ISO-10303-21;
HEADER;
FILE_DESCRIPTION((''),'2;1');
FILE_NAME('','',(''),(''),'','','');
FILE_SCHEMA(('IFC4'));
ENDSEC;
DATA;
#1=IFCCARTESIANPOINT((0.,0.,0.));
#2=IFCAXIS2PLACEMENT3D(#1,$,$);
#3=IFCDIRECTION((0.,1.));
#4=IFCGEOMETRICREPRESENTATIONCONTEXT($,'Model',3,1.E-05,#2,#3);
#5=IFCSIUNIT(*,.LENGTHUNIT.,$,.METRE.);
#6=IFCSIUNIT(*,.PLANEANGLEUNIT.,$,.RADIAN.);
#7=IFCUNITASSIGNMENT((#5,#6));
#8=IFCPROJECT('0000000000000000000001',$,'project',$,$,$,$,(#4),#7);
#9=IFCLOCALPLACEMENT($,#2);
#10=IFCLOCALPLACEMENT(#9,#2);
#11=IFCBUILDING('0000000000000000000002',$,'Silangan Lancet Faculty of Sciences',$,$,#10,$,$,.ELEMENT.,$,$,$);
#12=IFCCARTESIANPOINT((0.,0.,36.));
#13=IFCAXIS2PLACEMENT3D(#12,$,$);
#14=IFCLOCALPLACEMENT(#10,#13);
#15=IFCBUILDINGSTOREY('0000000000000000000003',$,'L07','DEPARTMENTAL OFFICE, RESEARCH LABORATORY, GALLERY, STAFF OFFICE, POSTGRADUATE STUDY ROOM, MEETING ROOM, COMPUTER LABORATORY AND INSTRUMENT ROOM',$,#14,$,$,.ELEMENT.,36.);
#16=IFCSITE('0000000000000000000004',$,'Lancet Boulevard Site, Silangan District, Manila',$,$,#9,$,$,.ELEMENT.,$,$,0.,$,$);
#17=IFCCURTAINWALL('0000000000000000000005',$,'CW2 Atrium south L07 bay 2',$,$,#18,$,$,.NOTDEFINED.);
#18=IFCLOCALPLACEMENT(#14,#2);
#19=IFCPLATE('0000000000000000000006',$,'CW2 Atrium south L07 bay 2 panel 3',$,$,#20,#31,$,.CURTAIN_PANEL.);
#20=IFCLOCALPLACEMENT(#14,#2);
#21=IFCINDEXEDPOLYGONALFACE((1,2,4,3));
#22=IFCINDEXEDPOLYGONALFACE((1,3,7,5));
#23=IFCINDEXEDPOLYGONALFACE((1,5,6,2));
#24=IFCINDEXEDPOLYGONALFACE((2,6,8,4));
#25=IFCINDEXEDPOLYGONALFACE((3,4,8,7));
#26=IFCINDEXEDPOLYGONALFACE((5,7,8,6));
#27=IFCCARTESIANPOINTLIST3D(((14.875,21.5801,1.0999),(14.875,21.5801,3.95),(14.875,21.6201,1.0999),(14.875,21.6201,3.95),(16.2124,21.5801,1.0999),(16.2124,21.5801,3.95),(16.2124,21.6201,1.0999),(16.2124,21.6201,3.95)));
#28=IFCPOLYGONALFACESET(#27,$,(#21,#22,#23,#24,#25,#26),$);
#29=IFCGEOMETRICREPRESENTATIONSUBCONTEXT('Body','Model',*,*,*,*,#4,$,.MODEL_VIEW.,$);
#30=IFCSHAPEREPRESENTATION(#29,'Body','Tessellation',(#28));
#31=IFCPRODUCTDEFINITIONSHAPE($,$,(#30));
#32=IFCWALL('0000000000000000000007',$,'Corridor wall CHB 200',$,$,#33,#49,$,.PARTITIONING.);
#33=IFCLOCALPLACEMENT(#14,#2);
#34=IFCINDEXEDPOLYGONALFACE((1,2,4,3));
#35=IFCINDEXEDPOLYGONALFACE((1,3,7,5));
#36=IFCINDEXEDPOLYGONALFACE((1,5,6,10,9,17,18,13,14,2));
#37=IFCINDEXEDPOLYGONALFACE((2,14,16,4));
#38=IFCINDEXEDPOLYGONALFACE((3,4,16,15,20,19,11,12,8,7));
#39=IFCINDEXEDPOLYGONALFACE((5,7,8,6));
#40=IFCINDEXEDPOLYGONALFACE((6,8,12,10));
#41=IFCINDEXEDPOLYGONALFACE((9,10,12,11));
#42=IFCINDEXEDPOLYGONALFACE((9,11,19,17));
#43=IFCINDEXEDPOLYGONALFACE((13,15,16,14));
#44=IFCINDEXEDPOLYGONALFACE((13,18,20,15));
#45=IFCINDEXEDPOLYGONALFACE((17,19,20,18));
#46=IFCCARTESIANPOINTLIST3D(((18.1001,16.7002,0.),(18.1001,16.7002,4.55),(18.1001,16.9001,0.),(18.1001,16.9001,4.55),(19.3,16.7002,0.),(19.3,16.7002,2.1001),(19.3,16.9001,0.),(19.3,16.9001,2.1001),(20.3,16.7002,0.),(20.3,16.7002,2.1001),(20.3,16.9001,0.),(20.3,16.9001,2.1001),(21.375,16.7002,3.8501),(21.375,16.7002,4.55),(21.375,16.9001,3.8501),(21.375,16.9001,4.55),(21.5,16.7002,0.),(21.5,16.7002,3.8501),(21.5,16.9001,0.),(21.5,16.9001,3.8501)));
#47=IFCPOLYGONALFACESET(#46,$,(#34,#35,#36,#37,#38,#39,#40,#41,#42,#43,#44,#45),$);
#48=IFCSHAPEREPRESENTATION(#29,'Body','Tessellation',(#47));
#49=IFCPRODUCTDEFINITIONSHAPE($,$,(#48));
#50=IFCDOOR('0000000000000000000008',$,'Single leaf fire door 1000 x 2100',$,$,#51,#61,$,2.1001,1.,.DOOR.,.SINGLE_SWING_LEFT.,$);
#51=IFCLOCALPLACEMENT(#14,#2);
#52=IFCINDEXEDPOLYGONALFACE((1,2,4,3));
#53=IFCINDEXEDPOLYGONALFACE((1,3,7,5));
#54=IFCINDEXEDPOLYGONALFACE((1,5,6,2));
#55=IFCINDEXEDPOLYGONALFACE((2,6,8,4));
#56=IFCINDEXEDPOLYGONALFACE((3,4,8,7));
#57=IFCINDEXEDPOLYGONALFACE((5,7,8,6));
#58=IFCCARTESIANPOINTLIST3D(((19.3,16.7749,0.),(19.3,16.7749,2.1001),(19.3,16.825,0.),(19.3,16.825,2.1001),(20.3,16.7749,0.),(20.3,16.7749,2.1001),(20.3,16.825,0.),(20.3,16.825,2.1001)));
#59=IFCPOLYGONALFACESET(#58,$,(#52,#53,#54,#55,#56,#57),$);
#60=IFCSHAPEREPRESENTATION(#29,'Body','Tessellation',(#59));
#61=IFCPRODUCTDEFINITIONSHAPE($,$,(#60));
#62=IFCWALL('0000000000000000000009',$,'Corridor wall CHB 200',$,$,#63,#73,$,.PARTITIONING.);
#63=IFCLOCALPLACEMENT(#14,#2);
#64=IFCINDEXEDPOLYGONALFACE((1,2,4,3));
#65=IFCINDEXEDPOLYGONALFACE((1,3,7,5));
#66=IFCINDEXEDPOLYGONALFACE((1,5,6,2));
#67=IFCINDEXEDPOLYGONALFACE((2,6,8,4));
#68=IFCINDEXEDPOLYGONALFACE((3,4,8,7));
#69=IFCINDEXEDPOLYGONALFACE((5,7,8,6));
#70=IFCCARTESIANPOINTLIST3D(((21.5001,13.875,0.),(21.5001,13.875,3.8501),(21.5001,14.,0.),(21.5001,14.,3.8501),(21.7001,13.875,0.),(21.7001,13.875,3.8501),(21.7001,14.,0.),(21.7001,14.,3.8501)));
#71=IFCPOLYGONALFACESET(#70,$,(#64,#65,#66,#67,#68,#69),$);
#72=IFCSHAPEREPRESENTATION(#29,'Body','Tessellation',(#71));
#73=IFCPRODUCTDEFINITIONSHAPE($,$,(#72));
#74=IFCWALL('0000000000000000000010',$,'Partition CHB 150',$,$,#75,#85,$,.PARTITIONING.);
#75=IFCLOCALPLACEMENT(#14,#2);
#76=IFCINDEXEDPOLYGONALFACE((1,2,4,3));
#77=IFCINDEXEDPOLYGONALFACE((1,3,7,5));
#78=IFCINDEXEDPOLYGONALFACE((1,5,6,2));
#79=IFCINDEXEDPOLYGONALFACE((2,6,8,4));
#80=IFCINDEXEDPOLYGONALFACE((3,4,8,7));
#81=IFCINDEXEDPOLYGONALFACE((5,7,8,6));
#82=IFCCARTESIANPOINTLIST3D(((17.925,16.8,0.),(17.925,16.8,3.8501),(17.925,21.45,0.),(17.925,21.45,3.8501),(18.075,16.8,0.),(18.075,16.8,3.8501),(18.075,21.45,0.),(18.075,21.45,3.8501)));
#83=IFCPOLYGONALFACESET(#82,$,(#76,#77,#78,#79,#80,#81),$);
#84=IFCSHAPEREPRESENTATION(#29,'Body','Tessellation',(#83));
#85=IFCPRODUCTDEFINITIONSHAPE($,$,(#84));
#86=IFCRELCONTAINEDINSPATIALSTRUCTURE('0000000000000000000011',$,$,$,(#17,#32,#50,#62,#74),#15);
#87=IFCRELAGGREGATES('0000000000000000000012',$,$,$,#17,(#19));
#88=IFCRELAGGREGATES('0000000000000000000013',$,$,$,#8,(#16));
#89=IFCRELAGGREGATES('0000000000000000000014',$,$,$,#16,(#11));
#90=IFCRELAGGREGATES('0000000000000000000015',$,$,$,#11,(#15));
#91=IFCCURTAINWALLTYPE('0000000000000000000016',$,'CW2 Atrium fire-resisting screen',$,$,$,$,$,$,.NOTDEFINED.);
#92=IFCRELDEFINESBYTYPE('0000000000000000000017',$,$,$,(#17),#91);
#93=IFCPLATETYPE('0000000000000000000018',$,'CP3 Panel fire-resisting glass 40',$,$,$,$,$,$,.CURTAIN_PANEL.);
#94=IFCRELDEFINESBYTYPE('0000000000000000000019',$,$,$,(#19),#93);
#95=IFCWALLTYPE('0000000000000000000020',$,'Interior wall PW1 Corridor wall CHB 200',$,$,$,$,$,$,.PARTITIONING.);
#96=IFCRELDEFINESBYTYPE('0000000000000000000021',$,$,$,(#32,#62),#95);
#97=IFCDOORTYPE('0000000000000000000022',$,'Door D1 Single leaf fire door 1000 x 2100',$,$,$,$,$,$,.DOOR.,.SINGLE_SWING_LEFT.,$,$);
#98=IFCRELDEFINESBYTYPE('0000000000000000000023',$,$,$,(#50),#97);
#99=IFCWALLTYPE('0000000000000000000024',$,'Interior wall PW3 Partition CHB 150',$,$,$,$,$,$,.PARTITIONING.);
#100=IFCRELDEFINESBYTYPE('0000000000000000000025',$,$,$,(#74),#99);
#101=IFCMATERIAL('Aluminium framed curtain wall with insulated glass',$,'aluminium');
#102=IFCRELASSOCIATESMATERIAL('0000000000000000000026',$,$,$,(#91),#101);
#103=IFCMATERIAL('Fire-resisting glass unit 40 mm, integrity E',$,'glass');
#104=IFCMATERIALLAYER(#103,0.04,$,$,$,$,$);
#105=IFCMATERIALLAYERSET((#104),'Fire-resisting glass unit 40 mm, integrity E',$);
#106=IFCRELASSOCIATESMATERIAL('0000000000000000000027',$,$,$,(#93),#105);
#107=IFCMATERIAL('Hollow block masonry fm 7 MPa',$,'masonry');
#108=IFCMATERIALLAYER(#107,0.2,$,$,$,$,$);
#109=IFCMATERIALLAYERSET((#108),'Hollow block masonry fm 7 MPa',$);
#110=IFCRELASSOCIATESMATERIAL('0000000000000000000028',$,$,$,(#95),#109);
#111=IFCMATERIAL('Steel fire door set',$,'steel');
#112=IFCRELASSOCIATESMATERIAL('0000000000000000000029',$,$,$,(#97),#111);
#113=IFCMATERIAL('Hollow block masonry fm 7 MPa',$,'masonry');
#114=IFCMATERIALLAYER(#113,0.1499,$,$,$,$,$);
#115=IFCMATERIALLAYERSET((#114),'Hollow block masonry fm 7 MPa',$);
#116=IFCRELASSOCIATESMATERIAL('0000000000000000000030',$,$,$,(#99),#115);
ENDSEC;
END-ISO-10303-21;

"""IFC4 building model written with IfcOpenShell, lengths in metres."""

from ifc_helpers import new_model, si_unit, direction, frame, frame_2d, origin, origin_2d, place, context, subcontext, project, spatial, polyline, rectangle, outline, extrude, material, layer, layer_set, type_object, element, fill, aggregate, save


model = new_model("IFC4")

# Units and contexts
model_context = context("Model", 3, precision=1e-05, world=origin(), true_north=direction((0.0, 1.0)))
body_context = subcontext(model_context, "Body", "Model", "MODEL_VIEW")
ifc_project = project(units=[si_unit("LENGTHUNIT", "METRE"), si_unit("PLANEANGLEUNIT", "RADIAN")], contexts=[model_context])

# Site, building, storey
site_placement = place(None, origin())
site = spatial("IfcSite", under=ifc_project, at=site_placement, Name="Lancet Boulevard Site, Silangan District, Manila", CompositionType="ELEMENT", RefElevation=0.0)
building_placement = place(site_placement, origin())
building = spatial("IfcBuilding", under=site, at=building_placement, Name="Silangan Lancet Faculty of Sciences", CompositionType="ELEMENT")
storey_placement = place(building_placement, frame((0.0, 0.0, 36.0)))
storey = spatial("IfcBuildingStorey", under=building, at=storey_placement, Name="L07", Description="DEPARTMENTAL OFFICE, RESEARCH LABORATORY, GALLERY, STAFF OFFICE, POSTGRADUATE STUDY ROOM, MEETING ROOM, COMPUTER LABORATORY AND INSTRUMENT ROOM", CompositionType="ELEMENT", Elevation=36.0)

# Curtain wall
ifc_material_1 = material(Name="Aluminium framed curtain wall with insulated glass", Category="aluminium")
curtain_wall_type = type_object("IfcCurtainWallType", Name="CW2 Atrium fire-resisting screen", PredefinedType="NOTDEFINED", material=ifc_material_1)
curtain_wall_1_placement = place(storey_placement, origin())
curtain_wall_1 = element("IfcCurtainWall", 1, at=curtain_wall_1_placement, inside=storey, type_object=curtain_wall_type, Name="CW2 Atrium south L07 bay 2", PredefinedType="NOTDEFINED")

# Plate
ifc_material_2 = material(Name="Fire-resisting glass unit 40 mm, integrity E", Category="glass")
ifc_layer_1 = layer(ifc_material_2, 0.04)
ifc_layer_set_1 = layer_set([ifc_layer_1], Name="Fire-resisting glass unit 40 mm, integrity E")
plate_type = type_object("IfcPlateType", Name="CP3 Panel fire-resisting glass 40", PredefinedType="CURTAIN_PANEL", material=ifc_layer_set_1)
plate_1_placement = place(storey_placement, frame((15.5437, 21.6001, 1.0999), z_axis=(0.0, 0.0, 1.0), x_axis=(-1.0, 0.0, 0.0)))
plate_1 = element("IfcPlate", 2, at=plate_1_placement, type_object=plate_type, Name="CW2 Atrium south L07 bay 2 panel 3", PredefinedType="CURTAIN_PANEL", context=body_context, shape_type="SweptSolid", body=[
    extrude(rectangle(XDim=1.3374, YDim=0.04, at=origin_2d()), origin(), (0.0, 0.0, 1.0), 2.8501),
])
aggregate(curtain_wall_1, [plate_1])

# Wall, opening, door
ifc_material_3 = material(Name="Hollow block masonry fm 7 MPa", Category="masonry")
ifc_layer_2 = layer(ifc_material_3, 0.2)
ifc_layer_set_2 = layer_set([ifc_layer_2], Name="Hollow block masonry fm 7 MPa")
wall_type_1 = type_object("IfcWallType", Name="Interior wall PW1 Corridor wall CHB 200", PredefinedType="PARTITIONING", material=ifc_layer_set_2)
wall_1_placement = place(storey_placement, frame((18.1001, 16.8, 0.0), z_axis=(0.0, 0.0, 1.0), x_axis=(1.0, 0.0, 0.0)))
wall_1 = element("IfcWall", 3, at=wall_1_placement, inside=storey, type_object=wall_type_1, Name="Corridor wall CHB 200", PredefinedType="PARTITIONING", context=body_context, shape_type="SweptSolid", body=[
    extrude(outline(polyline([(0.0, 0.0), (3.3999, 0.0), (3.3999, 3.8501), (3.2749, 3.8501), (3.2749, 4.55), (0.0, 4.55), (0.0, 0.0)])), frame((0.0, 0.1001, 0.0), z_axis=(0.0, -1.0, 0.0), x_axis=(1.0, 0.0, 0.0)), (0.0, 0.0, 1.0), 0.2),
])
opening_placement = place(wall_1_placement, frame((1.2, 0.0, 0.0)))
opening = element("IfcOpeningElement", 4, at=opening_placement, cuts=wall_1, PredefinedType="OPENING", context=body_context, shape_type="SweptSolid", body=[
    extrude(rectangle(XDim=1.0, YDim=2.1001, at=frame_2d((0.5, 1.05))), frame((0.0, 0.1099, 0.0), z_axis=(0.0, -1.0, 0.0), x_axis=(1.0, 0.0, 0.0)), (0.0, 0.0, 1.0), 0.22),
])
ifc_material_4 = material(Name="Steel fire door set", Category="steel")
door_type = type_object("IfcDoorType", Name="Door D1 Single leaf fire door 1000 x 2100", OperationType="SINGLE_SWING_LEFT", PredefinedType="DOOR", material=ifc_material_4)
door_placement = place(opening_placement, origin())
door = element("IfcDoor", 5, at=door_placement, inside=storey, type_object=door_type, Name="Single leaf fire door 1000 x 2100", OperationType="SINGLE_SWING_LEFT", OverallHeight=2.1001, OverallWidth=1.0, PredefinedType="DOOR", context=body_context, shape_type="SweptSolid", body=[
    extrude(rectangle(XDim=1.0, YDim=2.1001, at=frame_2d((0.5, 1.05))), frame((0.0, 0.0249, 0.0), z_axis=(0.0, -1.0, 0.0), x_axis=(1.0, 0.0, 0.0)), (0.0, 0.0, 1.0), 0.05),
])
fill(opening, door)

# Walls
wall_2_placement = place(storey_placement, frame((21.6001, 13.875, 0.0), z_axis=(0.0, 0.0, 1.0), x_axis=(0.0, 1.0, 0.0)))
element("IfcWall", 6, at=wall_2_placement, inside=storey, type_object=wall_type_1, Name="Corridor wall CHB 200", PredefinedType="PARTITIONING", context=body_context, shape_type="SweptSolid", body=[
    extrude(rectangle(XDim=0.125, YDim=0.2, at=frame_2d((0.0625, 0.0))), origin(), (0.0, 0.0, 1.0), 3.8501),
])
ifc_material_5 = material(Name="Hollow block masonry fm 7 MPa", Category="masonry")
ifc_layer_3 = layer(ifc_material_5, 0.1499)
ifc_layer_set_3 = layer_set([ifc_layer_3], Name="Hollow block masonry fm 7 MPa")
wall_type_2 = type_object("IfcWallType", Name="Interior wall PW3 Partition CHB 150", PredefinedType="PARTITIONING", material=ifc_layer_set_3)
wall_3_placement = place(storey_placement, frame((18.0, 16.8, 0.0), z_axis=(0.0, 0.0, 1.0), x_axis=(0.0, 1.0, 0.0)))
element("IfcWall", 7, at=wall_3_placement, inside=storey, type_object=wall_type_2, Name="Partition CHB 150", PredefinedType="PARTITIONING", context=body_context, shape_type="SweptSolid", body=[
    extrude(rectangle(XDim=4.6499, YDim=0.1499, at=frame_2d((2.325, 0.0))), origin(), (0.0, 0.0, 1.0), 3.8501),
])

save(model, "model.ifc")
